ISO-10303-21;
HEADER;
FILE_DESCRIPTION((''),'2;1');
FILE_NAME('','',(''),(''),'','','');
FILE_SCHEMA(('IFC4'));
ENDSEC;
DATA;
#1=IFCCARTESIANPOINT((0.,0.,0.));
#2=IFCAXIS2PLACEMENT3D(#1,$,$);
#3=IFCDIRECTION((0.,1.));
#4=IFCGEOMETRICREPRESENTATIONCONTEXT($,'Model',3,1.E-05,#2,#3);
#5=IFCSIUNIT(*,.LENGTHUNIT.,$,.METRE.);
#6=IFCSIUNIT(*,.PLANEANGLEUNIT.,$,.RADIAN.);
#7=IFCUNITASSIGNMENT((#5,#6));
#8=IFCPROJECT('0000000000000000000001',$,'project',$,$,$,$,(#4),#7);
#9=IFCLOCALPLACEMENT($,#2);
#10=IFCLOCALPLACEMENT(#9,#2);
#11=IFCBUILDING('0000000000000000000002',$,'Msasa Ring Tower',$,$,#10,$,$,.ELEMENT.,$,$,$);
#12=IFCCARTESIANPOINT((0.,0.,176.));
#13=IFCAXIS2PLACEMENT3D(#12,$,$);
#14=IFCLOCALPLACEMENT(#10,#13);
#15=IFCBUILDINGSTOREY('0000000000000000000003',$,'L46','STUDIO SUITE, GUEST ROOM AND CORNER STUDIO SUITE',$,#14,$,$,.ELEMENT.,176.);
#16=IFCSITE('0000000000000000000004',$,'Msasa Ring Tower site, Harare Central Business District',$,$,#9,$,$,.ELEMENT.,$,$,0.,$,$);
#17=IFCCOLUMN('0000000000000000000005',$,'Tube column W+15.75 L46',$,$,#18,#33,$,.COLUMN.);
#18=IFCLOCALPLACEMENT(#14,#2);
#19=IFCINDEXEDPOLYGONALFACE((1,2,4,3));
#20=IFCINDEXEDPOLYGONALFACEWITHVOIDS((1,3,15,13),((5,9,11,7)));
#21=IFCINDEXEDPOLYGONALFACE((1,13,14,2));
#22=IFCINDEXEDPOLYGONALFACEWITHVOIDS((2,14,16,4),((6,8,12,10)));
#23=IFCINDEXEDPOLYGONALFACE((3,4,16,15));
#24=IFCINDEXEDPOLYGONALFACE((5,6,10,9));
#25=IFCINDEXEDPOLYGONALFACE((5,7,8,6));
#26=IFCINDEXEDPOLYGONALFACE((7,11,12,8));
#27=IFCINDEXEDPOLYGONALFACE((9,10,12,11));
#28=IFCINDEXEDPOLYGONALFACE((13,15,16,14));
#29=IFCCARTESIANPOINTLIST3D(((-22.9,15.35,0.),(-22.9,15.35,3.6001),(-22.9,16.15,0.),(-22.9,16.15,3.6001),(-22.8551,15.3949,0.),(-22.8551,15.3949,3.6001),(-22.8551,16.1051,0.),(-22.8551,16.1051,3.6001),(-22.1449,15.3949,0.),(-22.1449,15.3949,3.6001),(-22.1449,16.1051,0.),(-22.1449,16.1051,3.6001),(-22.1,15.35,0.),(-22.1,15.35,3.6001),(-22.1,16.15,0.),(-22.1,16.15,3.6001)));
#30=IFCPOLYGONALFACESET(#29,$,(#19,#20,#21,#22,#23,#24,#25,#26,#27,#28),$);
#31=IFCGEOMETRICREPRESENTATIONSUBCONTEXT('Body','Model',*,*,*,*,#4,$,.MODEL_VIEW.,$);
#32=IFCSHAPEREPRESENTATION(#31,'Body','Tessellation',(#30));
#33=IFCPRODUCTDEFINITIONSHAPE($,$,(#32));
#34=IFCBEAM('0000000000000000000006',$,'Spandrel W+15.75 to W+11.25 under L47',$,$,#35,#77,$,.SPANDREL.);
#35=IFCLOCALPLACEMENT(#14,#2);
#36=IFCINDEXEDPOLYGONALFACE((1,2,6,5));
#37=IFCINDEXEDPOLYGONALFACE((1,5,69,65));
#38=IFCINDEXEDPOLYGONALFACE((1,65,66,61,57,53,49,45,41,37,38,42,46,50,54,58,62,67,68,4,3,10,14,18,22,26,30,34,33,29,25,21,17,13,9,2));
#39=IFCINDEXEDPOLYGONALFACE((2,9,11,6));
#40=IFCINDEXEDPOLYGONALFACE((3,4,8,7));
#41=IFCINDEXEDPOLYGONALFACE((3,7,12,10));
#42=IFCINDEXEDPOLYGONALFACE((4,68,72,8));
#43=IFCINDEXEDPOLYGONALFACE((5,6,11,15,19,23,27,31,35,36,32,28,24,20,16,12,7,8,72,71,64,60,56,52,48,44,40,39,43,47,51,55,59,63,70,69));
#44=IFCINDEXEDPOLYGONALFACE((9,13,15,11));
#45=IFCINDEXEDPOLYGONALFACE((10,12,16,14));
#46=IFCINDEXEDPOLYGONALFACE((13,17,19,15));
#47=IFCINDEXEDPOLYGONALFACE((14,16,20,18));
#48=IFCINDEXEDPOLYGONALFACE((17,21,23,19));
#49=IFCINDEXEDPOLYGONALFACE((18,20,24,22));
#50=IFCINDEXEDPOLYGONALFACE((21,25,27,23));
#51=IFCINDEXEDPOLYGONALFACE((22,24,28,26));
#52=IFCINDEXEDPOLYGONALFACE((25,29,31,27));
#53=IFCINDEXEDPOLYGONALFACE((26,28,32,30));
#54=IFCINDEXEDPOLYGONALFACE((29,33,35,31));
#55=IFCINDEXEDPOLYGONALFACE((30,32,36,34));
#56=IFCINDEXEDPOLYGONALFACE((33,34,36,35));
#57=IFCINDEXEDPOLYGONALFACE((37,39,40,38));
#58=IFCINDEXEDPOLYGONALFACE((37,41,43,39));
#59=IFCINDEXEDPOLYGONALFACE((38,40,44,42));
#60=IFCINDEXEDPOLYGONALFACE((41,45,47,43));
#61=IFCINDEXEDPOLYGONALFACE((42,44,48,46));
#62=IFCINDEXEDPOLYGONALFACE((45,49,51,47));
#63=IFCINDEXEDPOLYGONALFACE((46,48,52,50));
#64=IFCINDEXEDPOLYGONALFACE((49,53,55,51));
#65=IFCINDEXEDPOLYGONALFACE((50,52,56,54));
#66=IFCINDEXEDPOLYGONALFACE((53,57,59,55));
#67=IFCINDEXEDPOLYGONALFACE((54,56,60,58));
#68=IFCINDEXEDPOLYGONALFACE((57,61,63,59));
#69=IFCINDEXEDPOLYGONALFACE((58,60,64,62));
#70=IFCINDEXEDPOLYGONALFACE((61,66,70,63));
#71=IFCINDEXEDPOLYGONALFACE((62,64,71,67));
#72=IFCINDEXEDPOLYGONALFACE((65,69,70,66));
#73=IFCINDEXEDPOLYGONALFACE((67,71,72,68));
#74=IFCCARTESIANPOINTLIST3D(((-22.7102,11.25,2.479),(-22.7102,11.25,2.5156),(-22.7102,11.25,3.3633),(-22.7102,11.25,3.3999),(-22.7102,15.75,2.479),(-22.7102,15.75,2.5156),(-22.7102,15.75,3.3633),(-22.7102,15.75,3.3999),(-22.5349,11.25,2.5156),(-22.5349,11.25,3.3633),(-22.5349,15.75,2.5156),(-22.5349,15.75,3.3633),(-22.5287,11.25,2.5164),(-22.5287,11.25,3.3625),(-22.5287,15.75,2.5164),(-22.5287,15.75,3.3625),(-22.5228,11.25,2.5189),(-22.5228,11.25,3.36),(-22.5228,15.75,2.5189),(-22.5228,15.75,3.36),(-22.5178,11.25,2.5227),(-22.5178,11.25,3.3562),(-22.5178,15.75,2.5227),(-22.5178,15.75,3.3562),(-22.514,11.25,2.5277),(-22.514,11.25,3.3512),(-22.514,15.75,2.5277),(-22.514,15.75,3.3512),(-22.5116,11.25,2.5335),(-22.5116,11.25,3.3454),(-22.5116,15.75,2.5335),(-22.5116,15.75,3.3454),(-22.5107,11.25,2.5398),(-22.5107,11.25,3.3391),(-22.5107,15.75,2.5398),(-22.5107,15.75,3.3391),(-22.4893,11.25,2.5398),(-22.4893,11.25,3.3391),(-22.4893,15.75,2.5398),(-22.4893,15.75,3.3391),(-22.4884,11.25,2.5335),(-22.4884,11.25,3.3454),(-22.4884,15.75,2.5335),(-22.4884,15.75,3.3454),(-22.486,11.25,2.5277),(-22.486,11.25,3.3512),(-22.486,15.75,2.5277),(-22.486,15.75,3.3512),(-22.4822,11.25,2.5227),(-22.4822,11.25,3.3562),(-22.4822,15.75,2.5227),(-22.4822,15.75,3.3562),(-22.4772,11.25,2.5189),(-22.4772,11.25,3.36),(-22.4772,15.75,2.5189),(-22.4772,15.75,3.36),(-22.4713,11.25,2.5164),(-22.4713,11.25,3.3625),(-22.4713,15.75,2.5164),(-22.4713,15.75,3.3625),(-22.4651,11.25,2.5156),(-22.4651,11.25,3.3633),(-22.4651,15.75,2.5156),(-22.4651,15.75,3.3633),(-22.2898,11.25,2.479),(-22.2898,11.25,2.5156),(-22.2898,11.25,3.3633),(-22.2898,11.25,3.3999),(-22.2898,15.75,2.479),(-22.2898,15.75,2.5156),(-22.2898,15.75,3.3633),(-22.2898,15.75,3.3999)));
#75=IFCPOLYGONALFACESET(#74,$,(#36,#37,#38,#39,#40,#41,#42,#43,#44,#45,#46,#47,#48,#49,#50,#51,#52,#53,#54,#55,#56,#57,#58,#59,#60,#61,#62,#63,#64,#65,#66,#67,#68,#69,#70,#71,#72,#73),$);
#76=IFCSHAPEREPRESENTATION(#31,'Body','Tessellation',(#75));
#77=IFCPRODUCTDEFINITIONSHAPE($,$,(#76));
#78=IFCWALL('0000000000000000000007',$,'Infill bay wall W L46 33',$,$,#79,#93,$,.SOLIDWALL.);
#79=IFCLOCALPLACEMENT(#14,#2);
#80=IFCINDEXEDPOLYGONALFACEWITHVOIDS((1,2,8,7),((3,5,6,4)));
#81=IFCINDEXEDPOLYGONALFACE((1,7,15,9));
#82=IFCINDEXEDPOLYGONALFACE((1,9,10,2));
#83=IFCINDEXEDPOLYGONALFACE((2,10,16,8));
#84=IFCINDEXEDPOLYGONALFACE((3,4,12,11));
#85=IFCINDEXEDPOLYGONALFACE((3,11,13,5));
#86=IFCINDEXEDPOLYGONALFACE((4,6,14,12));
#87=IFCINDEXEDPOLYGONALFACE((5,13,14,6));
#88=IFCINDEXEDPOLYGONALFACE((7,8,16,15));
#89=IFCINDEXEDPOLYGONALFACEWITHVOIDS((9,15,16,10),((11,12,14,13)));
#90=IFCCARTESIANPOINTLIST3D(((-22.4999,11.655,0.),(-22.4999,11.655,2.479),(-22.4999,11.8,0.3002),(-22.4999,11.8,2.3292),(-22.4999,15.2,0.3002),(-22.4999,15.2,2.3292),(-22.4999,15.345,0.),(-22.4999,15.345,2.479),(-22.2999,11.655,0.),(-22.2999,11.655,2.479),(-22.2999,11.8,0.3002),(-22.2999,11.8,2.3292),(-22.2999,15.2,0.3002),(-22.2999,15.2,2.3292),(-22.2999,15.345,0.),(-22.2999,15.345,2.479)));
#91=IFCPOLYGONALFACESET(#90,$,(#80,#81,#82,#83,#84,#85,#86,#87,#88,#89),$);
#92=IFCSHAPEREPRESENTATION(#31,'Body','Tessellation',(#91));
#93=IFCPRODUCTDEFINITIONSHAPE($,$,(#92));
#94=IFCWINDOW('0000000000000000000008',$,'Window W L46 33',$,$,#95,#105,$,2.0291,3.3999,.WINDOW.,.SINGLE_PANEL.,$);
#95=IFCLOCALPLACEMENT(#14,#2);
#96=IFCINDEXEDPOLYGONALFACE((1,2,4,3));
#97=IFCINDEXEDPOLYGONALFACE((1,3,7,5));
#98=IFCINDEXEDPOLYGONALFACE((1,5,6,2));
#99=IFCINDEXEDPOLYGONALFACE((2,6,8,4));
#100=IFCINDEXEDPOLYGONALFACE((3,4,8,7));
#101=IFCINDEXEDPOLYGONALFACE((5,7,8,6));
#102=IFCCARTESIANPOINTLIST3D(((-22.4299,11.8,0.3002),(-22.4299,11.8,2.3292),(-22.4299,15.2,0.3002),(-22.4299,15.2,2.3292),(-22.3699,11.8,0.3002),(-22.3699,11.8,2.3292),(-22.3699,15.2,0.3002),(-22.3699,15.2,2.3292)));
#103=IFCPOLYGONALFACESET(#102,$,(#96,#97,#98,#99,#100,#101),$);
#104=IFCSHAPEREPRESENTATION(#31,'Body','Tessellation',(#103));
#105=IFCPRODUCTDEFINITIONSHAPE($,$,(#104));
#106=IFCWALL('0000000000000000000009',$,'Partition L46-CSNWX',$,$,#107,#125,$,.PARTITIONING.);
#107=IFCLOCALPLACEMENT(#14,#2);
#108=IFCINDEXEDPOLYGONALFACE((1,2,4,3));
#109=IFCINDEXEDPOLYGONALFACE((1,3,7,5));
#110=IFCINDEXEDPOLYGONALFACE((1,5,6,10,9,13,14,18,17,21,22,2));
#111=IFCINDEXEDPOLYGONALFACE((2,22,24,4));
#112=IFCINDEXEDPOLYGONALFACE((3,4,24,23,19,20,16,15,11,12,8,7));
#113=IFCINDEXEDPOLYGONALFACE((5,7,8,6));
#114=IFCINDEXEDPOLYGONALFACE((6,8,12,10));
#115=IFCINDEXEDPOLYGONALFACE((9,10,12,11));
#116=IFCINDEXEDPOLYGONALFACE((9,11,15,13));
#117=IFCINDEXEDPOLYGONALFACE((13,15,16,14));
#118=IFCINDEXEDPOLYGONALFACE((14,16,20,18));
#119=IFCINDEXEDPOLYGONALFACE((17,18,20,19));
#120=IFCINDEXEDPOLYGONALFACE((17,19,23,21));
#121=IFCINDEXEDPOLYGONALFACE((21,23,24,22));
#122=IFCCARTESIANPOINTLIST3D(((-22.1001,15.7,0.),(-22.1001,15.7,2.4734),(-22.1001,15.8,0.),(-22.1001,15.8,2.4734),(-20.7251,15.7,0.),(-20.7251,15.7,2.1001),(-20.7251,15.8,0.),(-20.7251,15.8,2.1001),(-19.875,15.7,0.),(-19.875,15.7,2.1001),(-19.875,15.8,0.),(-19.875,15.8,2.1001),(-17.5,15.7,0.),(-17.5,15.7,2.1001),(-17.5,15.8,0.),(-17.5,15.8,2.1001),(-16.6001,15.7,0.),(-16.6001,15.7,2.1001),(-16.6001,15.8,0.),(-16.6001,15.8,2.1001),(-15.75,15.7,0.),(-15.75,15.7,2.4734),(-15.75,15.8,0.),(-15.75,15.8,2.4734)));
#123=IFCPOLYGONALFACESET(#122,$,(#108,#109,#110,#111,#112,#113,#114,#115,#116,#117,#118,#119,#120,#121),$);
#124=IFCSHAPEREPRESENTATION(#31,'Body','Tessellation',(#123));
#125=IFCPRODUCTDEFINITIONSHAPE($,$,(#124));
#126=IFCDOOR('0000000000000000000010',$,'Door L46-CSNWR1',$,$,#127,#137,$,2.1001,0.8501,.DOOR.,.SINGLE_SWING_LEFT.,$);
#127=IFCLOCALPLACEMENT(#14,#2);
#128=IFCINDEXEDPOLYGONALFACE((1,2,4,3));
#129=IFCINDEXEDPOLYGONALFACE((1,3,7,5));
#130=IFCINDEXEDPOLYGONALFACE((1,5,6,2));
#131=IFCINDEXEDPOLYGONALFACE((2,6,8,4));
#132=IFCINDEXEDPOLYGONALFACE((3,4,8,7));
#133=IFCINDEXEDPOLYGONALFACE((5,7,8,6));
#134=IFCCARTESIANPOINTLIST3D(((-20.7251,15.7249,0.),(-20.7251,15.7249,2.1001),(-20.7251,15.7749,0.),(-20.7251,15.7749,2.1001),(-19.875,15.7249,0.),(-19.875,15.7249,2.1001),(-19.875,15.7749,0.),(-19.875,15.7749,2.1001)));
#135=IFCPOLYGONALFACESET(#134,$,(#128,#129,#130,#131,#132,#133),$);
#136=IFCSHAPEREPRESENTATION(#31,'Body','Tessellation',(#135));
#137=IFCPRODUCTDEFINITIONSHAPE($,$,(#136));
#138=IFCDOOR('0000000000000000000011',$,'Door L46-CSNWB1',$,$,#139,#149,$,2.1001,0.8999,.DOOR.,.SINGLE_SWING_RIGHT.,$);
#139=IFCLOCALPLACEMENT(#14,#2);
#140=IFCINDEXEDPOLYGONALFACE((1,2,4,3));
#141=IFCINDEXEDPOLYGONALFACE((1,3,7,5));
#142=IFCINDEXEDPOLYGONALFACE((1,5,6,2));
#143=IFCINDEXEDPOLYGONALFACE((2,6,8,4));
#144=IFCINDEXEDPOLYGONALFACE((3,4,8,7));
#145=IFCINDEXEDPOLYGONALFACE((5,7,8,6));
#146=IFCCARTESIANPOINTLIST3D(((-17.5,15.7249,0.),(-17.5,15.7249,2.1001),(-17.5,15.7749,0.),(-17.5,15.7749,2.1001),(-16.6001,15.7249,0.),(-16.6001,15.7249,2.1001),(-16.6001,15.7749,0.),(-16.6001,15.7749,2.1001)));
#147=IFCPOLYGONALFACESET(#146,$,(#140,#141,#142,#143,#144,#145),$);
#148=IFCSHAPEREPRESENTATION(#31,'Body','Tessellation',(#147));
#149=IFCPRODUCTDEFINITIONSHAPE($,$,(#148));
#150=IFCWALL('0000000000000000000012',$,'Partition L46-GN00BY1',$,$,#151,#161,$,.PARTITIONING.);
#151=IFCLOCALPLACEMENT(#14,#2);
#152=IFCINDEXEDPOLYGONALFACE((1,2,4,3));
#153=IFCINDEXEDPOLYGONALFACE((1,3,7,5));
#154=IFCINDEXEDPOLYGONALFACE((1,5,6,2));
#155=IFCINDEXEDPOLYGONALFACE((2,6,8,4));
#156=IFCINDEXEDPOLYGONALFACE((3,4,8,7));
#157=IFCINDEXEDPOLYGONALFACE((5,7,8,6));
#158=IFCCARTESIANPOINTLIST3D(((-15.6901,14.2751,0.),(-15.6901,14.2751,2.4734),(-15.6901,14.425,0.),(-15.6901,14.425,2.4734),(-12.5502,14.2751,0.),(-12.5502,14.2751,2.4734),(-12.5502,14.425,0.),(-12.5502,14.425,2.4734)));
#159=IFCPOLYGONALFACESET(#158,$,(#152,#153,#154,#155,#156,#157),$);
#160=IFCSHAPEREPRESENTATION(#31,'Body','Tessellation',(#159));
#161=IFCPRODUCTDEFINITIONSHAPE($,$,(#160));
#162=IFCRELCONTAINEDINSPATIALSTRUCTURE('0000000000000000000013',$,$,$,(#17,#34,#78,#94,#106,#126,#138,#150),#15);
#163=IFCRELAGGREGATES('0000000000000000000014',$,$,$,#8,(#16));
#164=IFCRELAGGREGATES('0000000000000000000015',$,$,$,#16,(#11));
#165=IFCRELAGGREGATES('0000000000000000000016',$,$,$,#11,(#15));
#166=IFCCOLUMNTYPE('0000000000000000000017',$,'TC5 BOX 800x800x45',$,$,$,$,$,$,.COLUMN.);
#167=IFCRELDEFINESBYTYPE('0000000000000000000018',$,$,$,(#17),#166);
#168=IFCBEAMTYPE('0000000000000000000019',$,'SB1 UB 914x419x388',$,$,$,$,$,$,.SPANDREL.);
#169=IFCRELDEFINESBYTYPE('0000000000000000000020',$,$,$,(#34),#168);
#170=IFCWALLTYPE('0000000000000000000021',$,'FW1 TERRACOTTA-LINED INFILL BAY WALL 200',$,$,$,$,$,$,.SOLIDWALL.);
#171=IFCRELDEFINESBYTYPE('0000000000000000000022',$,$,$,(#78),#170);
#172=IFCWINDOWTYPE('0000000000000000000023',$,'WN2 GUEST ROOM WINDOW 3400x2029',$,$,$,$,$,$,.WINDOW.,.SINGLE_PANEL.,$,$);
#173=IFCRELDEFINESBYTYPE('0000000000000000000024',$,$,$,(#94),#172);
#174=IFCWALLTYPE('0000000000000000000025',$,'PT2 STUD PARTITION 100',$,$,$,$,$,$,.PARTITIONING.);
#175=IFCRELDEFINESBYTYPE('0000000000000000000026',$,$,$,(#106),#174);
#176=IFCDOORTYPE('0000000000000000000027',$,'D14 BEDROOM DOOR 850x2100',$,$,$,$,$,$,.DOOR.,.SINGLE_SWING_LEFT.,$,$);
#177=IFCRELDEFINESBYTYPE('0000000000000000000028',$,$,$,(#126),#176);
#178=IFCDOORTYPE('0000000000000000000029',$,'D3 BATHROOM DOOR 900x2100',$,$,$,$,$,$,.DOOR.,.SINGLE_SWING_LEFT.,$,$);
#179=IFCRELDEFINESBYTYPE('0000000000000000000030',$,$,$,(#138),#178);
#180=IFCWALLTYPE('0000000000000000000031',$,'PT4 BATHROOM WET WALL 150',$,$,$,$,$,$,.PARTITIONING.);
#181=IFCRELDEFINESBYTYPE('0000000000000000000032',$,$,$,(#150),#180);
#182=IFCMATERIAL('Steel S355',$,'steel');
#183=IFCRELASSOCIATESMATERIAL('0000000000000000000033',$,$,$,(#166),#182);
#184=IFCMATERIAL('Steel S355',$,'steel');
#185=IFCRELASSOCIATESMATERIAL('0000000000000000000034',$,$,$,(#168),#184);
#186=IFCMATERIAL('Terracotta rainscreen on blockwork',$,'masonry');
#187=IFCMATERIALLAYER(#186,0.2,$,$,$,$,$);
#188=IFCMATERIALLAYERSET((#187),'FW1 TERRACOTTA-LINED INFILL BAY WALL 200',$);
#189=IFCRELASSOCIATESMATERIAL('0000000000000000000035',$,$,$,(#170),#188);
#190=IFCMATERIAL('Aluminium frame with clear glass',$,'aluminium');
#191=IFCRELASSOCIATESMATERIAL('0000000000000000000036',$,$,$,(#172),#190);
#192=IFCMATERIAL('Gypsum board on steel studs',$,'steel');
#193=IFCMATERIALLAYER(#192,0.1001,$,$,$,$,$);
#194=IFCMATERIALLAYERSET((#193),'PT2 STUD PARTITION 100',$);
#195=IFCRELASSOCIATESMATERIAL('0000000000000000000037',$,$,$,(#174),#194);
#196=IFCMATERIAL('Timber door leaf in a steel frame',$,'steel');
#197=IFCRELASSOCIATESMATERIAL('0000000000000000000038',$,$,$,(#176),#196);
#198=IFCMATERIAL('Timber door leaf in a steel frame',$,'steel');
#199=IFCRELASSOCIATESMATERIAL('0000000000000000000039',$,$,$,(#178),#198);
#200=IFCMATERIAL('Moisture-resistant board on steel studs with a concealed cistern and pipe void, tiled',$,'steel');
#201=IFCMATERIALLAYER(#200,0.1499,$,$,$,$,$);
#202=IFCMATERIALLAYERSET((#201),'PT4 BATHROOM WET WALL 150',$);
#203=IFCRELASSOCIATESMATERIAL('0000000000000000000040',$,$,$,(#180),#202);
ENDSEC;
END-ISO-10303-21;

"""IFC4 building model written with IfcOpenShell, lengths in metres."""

from ifc_helpers import new_model, si_unit, direction, frame, frame_2d, origin, origin_2d, place, context, subcontext, project, spatial, rectangle, hollow_rectangle, i_section, extrude, material, layer, layer_set, material_profile, profile_set, type_object, element, fill, save


model = new_model("IFC4")

# Units and contexts
model_context = context("Model", 3, precision=1e-05, world=origin(), true_north=direction((0.0, 1.0)))
body_context = subcontext(model_context, "Body", "Model", "MODEL_VIEW")
ifc_project = project(units=[si_unit("LENGTHUNIT", "METRE"), si_unit("PLANEANGLEUNIT", "RADIAN")], contexts=[model_context])

# Site, building, storey
site_placement = place(None, origin())
site = spatial("IfcSite", under=ifc_project, at=site_placement, Name="Msasa Ring Tower site, Harare Central Business District", CompositionType="ELEMENT", RefElevation=0.0)
building_placement = place(site_placement, origin())
building = spatial("IfcBuilding", under=site, at=building_placement, Name="Msasa Ring Tower", CompositionType="ELEMENT")
storey_placement = place(building_placement, frame((0.0, 0.0, 176.0)))
storey = spatial("IfcBuildingStorey", under=building, at=storey_placement, Name="L46", Description="STUDIO SUITE, GUEST ROOM AND CORNER STUDIO SUITE", CompositionType="ELEMENT", Elevation=176.0)

# Column
ifc_material_1 = material(Name="Steel S355", Category="steel")
ifc_material_profile_1 = material_profile(ifc_material_1, hollow_rectangle(XDim=0.8, YDim=0.8, WallThickness=0.0449, at=origin_2d()), Name="BOX 800x800x45")
ifc_profile_set_1 = profile_set([ifc_material_profile_1], Name="Steel S355")
column_type = type_object("IfcColumnType", Name="TC5 BOX 800x800x45", PredefinedType="COLUMN", material=ifc_profile_set_1)
column_placement = place(storey_placement, frame((-22.5, 15.75, 0.0), z_axis=(0.0, 0.0, 1.0), x_axis=(1.0, 0.0, 0.0)))
element("IfcColumn", 1, at=column_placement, inside=storey, type_object=column_type, Name="Tube column W+15.75 L46", PredefinedType="COLUMN", context=body_context, shape_type="SweptSolid", body=[
    extrude(hollow_rectangle(XDim=0.8, YDim=0.8, WallThickness=0.0449, at=origin_2d()), origin(), (0.0, 0.0, 1.0), 3.6001),
])

# Beam
ifc_material_2 = material(Name="Steel S355", Category="steel")
ifc_material_profile_2 = material_profile(ifc_material_2, i_section(OverallWidth=0.4204, OverallDepth=0.9209, WebThickness=0.0215, FlangeThickness=0.0366, FilletRadius=0.0242, at=origin_2d()), Name="UB 914x419x388")
ifc_profile_set_2 = profile_set([ifc_material_profile_2], Name="Steel S355")
beam_type = type_object("IfcBeamType", Name="SB1 UB 914x419x388", PredefinedType="SPANDREL", material=ifc_profile_set_2)
beam_placement = place(storey_placement, frame((-22.5, 15.75, 2.9395), z_axis=(0.0, -1.0, 0.0), x_axis=(1.0, 0.0, 0.0)))
element("IfcBeam", 2, at=beam_placement, inside=storey, type_object=beam_type, Name="Spandrel W+15.75 to W+11.25 under L47", PredefinedType="SPANDREL", context=body_context, shape_type="SweptSolid", body=[
    extrude(i_section(OverallWidth=0.4204, OverallDepth=0.9209, WebThickness=0.0215, FlangeThickness=0.0366, FilletRadius=0.0242, at=origin_2d()), origin(), (0.0, 0.0, 1.0), 4.5),
])

# Wall, opening, window
ifc_material_3 = material(Name="Terracotta rainscreen on blockwork", Category="masonry")
ifc_layer_1 = layer(ifc_material_3, 0.2)
ifc_layer_set_1 = layer_set([ifc_layer_1], Name="FW1 TERRACOTTA-LINED INFILL BAY WALL 200")
wall_type_1 = type_object("IfcWallType", Name="FW1 TERRACOTTA-LINED INFILL BAY WALL 200", PredefinedType="SOLIDWALL", material=ifc_layer_set_1)
wall_1_placement = place(storey_placement, frame((-22.3999, 11.655, 0.0), z_axis=(0.0, 0.0, 1.0), x_axis=(0.0, 1.0, 0.0)))
wall_1 = element("IfcWall", 3, at=wall_1_placement, inside=storey, type_object=wall_type_1, Name="Infill bay wall W L46 33", PredefinedType="SOLIDWALL", context=body_context, shape_type="SweptSolid", body=[
    extrude(rectangle(XDim=3.6899, YDim=0.2, at=frame_2d((1.845, 0.0))), origin(), (0.0, 0.0, 1.0), 2.479),
])
opening_1_placement = place(wall_1_placement, frame((0.145, 0.0, 0.3)))
opening_1 = element("IfcOpeningElement", 4, at=opening_1_placement, cuts=wall_1, PredefinedType="OPENING", context=body_context, shape_type="SweptSolid", body=[
    extrude(rectangle(XDim=3.3999, YDim=2.0291, at=frame_2d((1.7, 1.0146))), frame((0.0, 0.1099, 0.0), z_axis=(0.0, -1.0, 0.0), x_axis=(1.0, 0.0, 0.0)), (0.0, 0.0, 1.0), 0.22),
])
ifc_material_4 = material(Name="Aluminium frame with clear glass", Category="aluminium")
window_type = type_object("IfcWindowType", Name="WN2 GUEST ROOM WINDOW 3400x2029", PartitioningType="SINGLE_PANEL", PredefinedType="WINDOW", material=ifc_material_4)
window_placement = place(opening_1_placement, origin())
window = element("IfcWindow", 5, at=window_placement, inside=storey, type_object=window_type, Name="Window W L46 33", OverallHeight=2.0291, OverallWidth=3.3999, PartitioningType="SINGLE_PANEL", PredefinedType="WINDOW", context=body_context, shape_type="SweptSolid", body=[
    extrude(rectangle(XDim=3.3999, YDim=2.0291, at=frame_2d((1.7, 1.0146))), frame((0.0, 0.03, 0.0), z_axis=(0.0, -1.0, 0.0), x_axis=(1.0, 0.0, 0.0)), (0.0, 0.0, 1.0), 0.0601),
])
fill(opening_1, window)

# Wall, openings, doors
ifc_material_5 = material(Name="Gypsum board on steel studs", Category="steel")
ifc_layer_2 = layer(ifc_material_5, 0.1001)
ifc_layer_set_2 = layer_set([ifc_layer_2], Name="PT2 STUD PARTITION 100")
wall_type_2 = type_object("IfcWallType", Name="PT2 STUD PARTITION 100", PredefinedType="PARTITIONING", material=ifc_layer_set_2)
wall_2_placement = place(storey_placement, frame((-22.1001, 15.75, 0.0), z_axis=(0.0, 0.0, 1.0), x_axis=(1.0, 0.0, 0.0)))
wall_2 = element("IfcWall", 6, at=wall_2_placement, inside=storey, type_object=wall_type_2, Name="Partition L46-CSNWX", PredefinedType="PARTITIONING", context=body_context, shape_type="SweptSolid", body=[
    extrude(rectangle(XDim=6.3501, YDim=0.1001, at=frame_2d((3.175, 0.0))), origin(), (0.0, 0.0, 1.0), 2.4734),
])
opening_2_placement = place(wall_2_placement, frame((1.375, 0.0, 0.0)))
opening_2 = element("IfcOpeningElement", 7, at=opening_2_placement, cuts=wall_2, PredefinedType="OPENING", context=body_context, shape_type="SweptSolid", body=[
    extrude(rectangle(XDim=0.8501, YDim=2.1001, at=frame_2d((0.425, 1.05))), frame((0.0, 0.0601, 0.0), z_axis=(0.0, -1.0, 0.0), x_axis=(1.0, 0.0, 0.0)), (0.0, 0.0, 1.0), 0.1201),
])
opening_3_placement = place(wall_2_placement, frame((4.6001, 0.0, 0.0)))
opening_3 = element("IfcOpeningElement", 8, at=opening_3_placement, cuts=wall_2, PredefinedType="OPENING", context=body_context, shape_type="SweptSolid", body=[
    extrude(rectangle(XDim=0.8999, YDim=2.1001, at=frame_2d((0.45, 1.05))), frame((0.0, 0.0601, 0.0), z_axis=(0.0, -1.0, 0.0), x_axis=(1.0, 0.0, 0.0)), (0.0, 0.0, 1.0), 0.1201),
])
ifc_material_6 = material(Name="Timber door leaf in a steel frame", Category="steel")
door_type_1 = type_object("IfcDoorType", Name="D14 BEDROOM DOOR 850x2100", OperationType="SINGLE_SWING_LEFT", PredefinedType="DOOR", material=ifc_material_6)
door_1_placement = place(opening_2_placement, origin())
door_1 = element("IfcDoor", 9, at=door_1_placement, inside=storey, type_object=door_type_1, Name="Door L46-CSNWR1", OperationType="SINGLE_SWING_LEFT", OverallHeight=2.1001, OverallWidth=0.8501, PredefinedType="DOOR", context=body_context, shape_type="SweptSolid", body=[
    extrude(rectangle(XDim=0.8501, YDim=2.1001, at=frame_2d((0.425, 1.05))), frame((0.0, 0.0249, 0.0), z_axis=(0.0, -1.0, 0.0), x_axis=(1.0, 0.0, 0.0)), (0.0, 0.0, 1.0), 0.05),
])
fill(opening_2, door_1)
ifc_material_7 = material(Name="Timber door leaf in a steel frame", Category="steel")
door_type_2 = type_object("IfcDoorType", Name="D3 BATHROOM DOOR 900x2100", OperationType="SINGLE_SWING_LEFT", PredefinedType="DOOR", material=ifc_material_7)
door_2_placement = place(opening_3_placement, origin())
door_2 = element("IfcDoor", 10, at=door_2_placement, inside=storey, type_object=door_type_2, Name="Door L46-CSNWB1", OperationType="SINGLE_SWING_RIGHT", OverallHeight=2.1001, OverallWidth=0.8999, PredefinedType="DOOR", context=body_context, shape_type="SweptSolid", body=[
    extrude(rectangle(XDim=0.8999, YDim=2.1001, at=frame_2d((0.45, 1.05))), frame((0.0, 0.0249, 0.0), z_axis=(0.0, -1.0, 0.0), x_axis=(1.0, 0.0, 0.0)), (0.0, 0.0, 1.0), 0.05),
])
fill(opening_3, door_2)

# Wall
ifc_material_8 = material(Name="Moisture-resistant board on steel studs with a concealed cistern and pipe void, tiled", Category="steel")
ifc_layer_3 = layer(ifc_material_8, 0.1499)
ifc_layer_set_3 = layer_set([ifc_layer_3], Name="PT4 BATHROOM WET WALL 150")
wall_type_3 = type_object("IfcWallType", Name="PT4 BATHROOM WET WALL 150", PredefinedType="PARTITIONING", material=ifc_layer_set_3)
wall_3_placement = place(storey_placement, frame((-15.6899, 14.3501, 0.0), z_axis=(0.0, 0.0, 1.0), x_axis=(1.0, 0.0, 0.0)))
element("IfcWall", 11, at=wall_3_placement, inside=storey, type_object=wall_type_3, Name="Partition L46-GN00BY1", PredefinedType="PARTITIONING", context=body_context, shape_type="SweptSolid", body=[
    extrude(rectangle(XDim=3.1399, YDim=0.1499, at=frame_2d((1.5698, 0.0))), origin(), (0.0, 0.0, 1.0), 2.4734),
])

save(model, "model.ifc")
